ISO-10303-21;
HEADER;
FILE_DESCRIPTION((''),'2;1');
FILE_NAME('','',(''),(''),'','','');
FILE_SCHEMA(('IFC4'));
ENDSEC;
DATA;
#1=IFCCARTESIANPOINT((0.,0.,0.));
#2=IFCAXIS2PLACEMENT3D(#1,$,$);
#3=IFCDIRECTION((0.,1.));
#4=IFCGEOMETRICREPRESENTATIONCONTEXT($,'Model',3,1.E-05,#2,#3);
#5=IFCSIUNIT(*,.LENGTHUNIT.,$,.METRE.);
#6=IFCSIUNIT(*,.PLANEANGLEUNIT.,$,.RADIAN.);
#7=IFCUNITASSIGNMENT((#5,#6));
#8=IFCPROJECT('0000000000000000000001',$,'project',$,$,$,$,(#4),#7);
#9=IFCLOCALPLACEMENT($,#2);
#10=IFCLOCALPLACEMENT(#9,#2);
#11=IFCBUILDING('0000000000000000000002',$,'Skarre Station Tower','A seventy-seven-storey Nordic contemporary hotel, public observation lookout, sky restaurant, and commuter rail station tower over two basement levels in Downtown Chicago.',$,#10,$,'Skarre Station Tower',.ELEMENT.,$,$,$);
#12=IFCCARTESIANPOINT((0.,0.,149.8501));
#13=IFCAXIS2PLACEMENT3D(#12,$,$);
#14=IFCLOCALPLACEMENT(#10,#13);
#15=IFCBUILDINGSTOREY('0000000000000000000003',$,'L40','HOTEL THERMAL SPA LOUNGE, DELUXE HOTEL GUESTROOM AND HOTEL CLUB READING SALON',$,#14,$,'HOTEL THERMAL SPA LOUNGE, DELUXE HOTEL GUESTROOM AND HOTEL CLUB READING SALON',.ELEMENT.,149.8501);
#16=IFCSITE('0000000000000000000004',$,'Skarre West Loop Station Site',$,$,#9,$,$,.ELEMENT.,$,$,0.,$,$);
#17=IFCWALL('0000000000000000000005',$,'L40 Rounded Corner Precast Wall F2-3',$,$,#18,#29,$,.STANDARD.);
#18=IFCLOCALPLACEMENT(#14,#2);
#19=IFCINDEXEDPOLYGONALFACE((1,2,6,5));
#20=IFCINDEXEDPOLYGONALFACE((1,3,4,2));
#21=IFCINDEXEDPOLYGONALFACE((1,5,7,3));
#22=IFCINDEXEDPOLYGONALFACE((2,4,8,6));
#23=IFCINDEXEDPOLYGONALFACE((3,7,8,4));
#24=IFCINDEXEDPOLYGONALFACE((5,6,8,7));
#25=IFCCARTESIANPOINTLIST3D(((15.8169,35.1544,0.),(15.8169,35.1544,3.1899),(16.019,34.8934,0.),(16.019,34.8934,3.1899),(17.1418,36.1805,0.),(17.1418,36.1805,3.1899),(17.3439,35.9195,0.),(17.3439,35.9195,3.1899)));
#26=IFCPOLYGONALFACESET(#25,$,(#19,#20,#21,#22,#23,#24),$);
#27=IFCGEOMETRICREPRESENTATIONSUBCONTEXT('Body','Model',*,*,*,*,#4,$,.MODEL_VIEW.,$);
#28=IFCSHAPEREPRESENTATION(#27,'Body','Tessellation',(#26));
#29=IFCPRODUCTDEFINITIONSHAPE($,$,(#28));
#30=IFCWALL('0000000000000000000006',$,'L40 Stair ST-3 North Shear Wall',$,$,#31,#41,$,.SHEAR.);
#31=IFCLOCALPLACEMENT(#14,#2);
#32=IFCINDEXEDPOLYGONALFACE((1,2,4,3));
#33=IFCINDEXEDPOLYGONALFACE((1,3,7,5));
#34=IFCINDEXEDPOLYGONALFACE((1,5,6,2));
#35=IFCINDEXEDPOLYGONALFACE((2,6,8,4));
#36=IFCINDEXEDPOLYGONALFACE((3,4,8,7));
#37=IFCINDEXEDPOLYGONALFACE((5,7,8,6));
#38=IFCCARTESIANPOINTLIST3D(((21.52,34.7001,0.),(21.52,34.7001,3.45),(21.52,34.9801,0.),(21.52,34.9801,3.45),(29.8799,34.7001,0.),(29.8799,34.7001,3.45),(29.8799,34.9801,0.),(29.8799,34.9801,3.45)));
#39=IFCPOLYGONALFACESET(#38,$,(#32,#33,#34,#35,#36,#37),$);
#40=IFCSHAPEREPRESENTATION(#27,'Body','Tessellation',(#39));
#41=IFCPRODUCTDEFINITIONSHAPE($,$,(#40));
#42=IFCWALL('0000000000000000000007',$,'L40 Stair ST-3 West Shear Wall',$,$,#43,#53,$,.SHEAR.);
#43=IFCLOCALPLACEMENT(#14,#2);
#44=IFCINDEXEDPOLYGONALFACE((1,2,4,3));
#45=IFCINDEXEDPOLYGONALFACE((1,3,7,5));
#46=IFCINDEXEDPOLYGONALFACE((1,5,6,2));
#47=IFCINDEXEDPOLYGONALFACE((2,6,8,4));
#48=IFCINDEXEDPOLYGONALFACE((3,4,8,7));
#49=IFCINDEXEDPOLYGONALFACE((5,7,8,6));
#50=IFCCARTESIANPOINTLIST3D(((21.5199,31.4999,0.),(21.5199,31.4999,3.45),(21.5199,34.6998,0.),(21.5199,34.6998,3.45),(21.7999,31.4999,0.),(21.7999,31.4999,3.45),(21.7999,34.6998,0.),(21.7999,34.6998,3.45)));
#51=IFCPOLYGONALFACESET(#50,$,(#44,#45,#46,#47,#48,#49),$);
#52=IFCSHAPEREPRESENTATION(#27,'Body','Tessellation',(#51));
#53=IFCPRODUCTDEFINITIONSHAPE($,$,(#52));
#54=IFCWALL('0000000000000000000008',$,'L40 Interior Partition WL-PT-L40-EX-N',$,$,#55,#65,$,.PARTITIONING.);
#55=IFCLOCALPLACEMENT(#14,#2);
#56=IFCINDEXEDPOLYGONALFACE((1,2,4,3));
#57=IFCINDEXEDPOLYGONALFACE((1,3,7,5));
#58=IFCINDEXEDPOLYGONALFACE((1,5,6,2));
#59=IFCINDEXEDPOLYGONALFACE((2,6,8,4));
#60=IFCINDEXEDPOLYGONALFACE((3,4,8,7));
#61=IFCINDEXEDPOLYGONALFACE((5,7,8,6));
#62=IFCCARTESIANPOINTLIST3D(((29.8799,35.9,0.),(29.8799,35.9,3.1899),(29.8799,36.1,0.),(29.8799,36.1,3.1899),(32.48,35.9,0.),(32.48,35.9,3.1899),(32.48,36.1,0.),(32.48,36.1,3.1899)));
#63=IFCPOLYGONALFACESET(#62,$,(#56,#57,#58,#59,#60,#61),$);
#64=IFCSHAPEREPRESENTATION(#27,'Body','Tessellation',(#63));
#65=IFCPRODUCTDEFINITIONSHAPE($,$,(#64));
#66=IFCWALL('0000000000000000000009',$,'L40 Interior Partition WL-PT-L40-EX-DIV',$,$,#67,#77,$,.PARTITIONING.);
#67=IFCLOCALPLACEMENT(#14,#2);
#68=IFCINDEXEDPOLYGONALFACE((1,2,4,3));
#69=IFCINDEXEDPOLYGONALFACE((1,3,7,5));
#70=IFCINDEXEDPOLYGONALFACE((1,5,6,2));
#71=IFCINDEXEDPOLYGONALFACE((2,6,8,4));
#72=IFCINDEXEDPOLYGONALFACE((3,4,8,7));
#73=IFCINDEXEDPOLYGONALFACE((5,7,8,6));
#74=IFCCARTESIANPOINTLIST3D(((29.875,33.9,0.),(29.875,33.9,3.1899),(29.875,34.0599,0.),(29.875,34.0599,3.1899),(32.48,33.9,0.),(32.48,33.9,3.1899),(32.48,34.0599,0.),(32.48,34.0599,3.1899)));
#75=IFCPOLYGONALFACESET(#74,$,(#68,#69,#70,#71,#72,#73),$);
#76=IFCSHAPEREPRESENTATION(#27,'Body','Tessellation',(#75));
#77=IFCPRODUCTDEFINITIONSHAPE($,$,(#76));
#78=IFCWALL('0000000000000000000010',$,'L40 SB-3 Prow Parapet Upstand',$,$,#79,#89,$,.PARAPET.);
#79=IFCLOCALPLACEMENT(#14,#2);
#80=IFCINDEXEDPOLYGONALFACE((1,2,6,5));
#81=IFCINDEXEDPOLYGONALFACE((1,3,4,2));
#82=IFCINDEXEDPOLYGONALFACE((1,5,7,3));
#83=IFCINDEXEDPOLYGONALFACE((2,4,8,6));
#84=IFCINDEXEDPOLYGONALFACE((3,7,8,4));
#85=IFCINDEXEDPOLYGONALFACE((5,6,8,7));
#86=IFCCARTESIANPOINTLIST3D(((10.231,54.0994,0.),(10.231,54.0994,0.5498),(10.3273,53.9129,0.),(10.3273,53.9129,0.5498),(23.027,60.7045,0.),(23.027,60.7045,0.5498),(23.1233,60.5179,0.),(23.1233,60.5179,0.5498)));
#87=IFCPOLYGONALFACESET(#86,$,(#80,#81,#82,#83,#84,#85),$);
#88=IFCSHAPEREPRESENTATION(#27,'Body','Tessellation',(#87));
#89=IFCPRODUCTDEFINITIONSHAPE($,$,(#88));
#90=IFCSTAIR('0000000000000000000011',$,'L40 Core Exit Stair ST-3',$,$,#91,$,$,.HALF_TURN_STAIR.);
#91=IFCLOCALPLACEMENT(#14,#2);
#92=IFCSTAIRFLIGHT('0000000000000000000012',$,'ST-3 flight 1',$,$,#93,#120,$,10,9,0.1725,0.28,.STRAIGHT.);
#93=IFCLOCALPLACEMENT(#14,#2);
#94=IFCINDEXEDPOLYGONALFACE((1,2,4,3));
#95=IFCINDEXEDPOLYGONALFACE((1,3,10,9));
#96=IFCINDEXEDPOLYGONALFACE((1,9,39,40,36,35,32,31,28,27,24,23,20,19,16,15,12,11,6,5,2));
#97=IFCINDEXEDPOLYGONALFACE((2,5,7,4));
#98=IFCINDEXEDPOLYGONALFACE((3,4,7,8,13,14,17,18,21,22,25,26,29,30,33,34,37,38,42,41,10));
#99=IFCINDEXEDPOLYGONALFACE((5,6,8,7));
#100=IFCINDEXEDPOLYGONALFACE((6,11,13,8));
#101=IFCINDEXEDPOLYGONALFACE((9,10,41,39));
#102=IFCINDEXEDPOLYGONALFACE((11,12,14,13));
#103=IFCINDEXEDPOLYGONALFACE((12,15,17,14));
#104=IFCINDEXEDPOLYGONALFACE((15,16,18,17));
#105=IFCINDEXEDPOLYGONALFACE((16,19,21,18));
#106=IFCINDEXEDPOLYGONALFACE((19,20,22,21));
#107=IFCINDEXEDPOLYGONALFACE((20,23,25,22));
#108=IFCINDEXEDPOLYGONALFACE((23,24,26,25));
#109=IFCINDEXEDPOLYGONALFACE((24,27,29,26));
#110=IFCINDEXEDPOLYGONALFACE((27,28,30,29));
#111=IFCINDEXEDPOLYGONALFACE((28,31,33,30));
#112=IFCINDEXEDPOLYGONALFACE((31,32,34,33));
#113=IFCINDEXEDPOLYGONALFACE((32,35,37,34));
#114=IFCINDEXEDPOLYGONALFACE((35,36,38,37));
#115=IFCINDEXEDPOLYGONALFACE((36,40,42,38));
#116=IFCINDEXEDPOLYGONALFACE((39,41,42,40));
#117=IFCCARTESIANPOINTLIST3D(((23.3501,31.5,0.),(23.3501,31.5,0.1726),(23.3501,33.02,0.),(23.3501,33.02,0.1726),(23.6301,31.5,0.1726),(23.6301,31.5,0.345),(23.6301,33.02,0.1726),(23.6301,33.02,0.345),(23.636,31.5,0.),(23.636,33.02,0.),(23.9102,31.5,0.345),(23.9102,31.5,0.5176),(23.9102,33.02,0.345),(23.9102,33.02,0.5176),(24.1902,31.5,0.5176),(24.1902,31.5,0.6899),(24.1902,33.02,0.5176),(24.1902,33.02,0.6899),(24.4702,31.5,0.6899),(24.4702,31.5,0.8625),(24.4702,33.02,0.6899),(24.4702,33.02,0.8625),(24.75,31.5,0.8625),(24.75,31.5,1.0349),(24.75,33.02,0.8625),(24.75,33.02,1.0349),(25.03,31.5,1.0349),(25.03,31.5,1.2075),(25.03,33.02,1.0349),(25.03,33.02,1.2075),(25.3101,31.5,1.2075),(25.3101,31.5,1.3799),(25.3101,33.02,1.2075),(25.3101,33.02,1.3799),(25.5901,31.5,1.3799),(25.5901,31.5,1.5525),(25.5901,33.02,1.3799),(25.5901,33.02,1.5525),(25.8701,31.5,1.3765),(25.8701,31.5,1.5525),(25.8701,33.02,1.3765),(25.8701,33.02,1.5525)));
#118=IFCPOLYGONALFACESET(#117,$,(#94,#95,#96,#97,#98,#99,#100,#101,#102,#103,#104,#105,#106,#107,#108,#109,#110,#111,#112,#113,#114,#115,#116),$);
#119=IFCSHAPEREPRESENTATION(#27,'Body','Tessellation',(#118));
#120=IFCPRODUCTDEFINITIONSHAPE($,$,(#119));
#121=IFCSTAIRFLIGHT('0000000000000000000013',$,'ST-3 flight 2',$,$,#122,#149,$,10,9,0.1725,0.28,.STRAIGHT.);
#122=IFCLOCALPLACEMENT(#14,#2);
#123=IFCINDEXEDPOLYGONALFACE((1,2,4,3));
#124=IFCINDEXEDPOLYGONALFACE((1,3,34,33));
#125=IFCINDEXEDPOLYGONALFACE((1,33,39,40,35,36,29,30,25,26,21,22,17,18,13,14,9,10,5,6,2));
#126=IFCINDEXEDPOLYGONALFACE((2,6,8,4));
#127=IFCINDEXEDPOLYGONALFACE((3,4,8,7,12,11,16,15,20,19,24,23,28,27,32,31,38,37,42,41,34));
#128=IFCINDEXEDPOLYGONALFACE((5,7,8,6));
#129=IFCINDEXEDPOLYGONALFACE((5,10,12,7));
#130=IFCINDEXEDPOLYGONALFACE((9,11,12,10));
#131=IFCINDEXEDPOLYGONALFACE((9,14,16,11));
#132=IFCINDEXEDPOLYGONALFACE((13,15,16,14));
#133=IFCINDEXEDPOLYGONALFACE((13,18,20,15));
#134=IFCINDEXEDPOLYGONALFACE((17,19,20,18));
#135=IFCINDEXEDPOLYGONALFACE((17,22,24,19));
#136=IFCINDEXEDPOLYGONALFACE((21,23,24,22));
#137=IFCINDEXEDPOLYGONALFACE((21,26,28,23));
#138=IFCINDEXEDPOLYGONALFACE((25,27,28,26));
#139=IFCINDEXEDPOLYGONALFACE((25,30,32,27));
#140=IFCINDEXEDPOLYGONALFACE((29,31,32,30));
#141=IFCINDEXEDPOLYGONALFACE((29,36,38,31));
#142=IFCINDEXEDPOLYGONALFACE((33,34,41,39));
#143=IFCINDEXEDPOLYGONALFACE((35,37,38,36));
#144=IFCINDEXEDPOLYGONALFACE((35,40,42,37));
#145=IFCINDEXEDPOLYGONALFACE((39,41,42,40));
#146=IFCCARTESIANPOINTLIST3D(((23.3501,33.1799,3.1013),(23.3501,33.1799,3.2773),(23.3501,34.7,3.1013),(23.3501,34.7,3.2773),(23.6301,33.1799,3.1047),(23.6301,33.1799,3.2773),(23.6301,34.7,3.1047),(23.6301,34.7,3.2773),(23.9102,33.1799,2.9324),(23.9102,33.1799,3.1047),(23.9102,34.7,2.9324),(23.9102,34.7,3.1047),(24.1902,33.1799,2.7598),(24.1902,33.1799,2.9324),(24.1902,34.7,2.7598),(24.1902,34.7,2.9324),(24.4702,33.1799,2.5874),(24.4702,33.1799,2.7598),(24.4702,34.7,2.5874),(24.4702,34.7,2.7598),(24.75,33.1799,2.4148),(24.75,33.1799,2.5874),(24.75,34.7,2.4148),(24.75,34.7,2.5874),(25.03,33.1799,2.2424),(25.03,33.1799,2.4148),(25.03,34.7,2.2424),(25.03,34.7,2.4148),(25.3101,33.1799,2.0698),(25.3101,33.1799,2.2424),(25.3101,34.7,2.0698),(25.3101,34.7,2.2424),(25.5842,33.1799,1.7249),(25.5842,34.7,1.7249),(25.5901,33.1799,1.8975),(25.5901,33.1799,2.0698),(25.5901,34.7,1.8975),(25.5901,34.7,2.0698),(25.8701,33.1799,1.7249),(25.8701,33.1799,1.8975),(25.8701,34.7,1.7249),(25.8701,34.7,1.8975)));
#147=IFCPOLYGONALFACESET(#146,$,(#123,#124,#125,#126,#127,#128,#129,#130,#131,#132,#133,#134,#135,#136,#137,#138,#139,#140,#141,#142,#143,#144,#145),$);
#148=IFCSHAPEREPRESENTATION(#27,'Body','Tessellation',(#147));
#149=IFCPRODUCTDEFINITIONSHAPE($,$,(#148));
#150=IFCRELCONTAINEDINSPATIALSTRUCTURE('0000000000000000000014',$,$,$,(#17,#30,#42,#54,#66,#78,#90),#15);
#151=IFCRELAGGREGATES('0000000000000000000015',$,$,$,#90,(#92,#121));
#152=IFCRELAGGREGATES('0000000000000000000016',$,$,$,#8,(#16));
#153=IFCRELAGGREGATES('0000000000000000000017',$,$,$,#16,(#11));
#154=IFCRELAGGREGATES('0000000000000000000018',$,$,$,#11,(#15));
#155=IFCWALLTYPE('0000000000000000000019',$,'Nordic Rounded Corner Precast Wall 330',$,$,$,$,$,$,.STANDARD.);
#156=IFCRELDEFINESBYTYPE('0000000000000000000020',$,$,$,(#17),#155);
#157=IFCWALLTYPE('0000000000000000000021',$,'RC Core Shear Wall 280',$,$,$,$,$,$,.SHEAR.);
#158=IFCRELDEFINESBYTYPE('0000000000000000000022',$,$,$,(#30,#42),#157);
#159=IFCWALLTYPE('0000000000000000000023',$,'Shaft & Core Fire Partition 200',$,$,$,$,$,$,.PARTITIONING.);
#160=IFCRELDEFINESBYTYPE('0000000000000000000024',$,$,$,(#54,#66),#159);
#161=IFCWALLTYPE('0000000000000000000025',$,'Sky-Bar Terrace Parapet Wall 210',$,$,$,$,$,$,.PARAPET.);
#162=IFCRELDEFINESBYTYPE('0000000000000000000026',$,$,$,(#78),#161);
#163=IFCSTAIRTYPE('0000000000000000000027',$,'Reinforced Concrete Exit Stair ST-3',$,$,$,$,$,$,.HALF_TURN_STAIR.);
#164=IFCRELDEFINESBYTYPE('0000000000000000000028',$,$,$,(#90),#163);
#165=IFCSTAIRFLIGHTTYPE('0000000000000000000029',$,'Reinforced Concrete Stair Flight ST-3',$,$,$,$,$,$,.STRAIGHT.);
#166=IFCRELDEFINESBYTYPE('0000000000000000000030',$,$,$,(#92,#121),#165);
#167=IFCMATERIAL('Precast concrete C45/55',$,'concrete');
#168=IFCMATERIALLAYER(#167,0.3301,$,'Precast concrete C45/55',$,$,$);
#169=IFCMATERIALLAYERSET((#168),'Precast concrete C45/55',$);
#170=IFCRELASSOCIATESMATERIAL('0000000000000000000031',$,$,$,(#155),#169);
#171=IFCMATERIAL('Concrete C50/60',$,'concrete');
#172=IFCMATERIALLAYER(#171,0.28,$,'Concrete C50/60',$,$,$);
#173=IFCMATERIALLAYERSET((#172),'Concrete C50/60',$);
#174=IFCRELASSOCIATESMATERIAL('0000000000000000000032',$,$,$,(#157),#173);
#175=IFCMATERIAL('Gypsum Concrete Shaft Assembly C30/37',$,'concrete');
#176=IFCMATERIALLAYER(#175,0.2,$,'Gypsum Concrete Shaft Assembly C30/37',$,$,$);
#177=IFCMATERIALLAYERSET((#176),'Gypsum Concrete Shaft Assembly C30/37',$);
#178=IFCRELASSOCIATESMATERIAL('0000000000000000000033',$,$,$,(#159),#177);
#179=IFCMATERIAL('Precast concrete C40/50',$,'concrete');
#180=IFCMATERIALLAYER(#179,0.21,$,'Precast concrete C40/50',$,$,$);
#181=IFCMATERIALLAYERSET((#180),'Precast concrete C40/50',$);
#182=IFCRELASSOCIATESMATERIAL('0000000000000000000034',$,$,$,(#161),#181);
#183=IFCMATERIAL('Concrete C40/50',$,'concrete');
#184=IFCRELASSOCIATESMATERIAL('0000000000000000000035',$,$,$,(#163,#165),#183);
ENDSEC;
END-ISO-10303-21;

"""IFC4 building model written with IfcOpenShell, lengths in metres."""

from ifc_helpers import new_model, si_unit, direction, frame, frame_2d, origin, place, context, subcontext, project, spatial, polyline, rectangle, outline, extrude, material, layer, layer_set, type_object, element, aggregate, save


model = new_model("IFC4")

# Units and contexts
model_context = context("Model", 3, precision=1e-05, world=origin(), true_north=direction((0.0, 1.0)))
body_context = subcontext(model_context, "Body", "Model", "MODEL_VIEW")
ifc_project = project(units=[si_unit("LENGTHUNIT", "METRE"), si_unit("PLANEANGLEUNIT", "RADIAN")], contexts=[model_context])

# Site, building, storey
site_placement = place(None, origin())
site = spatial("IfcSite", under=ifc_project, at=site_placement, Name="Skarre West Loop Station Site", CompositionType="ELEMENT", RefElevation=0.0)
building_placement = place(site_placement, origin())
building = spatial("IfcBuilding", under=site, at=building_placement, Name="Skarre Station Tower", Description="A seventy-seven-storey Nordic contemporary hotel, public observation lookout, sky restaurant, and commuter rail station tower over two basement levels in Downtown Chicago.", LongName="Skarre Station Tower", CompositionType="ELEMENT")
storey_placement = place(building_placement, frame((0.0, 0.0, 149.8501)))
storey = spatial("IfcBuildingStorey", under=building, at=storey_placement, Name="L40", Description="HOTEL THERMAL SPA LOUNGE, DELUXE HOTEL GUESTROOM AND HOTEL CLUB READING SALON", LongName="HOTEL THERMAL SPA LOUNGE, DELUXE HOTEL GUESTROOM AND HOTEL CLUB READING SALON", CompositionType="ELEMENT", Elevation=149.8501)

# Shared definitions
ifc_material_1 = material(Name="Precast concrete C45/55", Category="concrete")

# Walls
ifc_layer_1 = layer(ifc_material_1, 0.3301, Name="Precast concrete C45/55")
ifc_layer_set_1 = layer_set([ifc_layer_1], Name="Precast concrete C45/55")
wall_type_1 = type_object("IfcWallType", Name="Nordic Rounded Corner Precast Wall 330", PredefinedType="STANDARD", material=ifc_layer_set_1)
wall_1_placement = place(storey_placement, frame((15.918, 35.0239, 0.0), z_axis=(0.0, 0.0, 1.0), x_axis=(0.790621, 0.612305, 0.0)))
element("IfcWall", 1, at=wall_1_placement, inside=storey, type_object=wall_type_1, Name="L40 Rounded Corner Precast Wall F2-3", PredefinedType="STANDARD", context=body_context, shape_type="SweptSolid", body=[
    extrude(rectangle(XDim=1.6758, YDim=0.3301, at=frame_2d((0.8379, 0.0))), origin(), (0.0, 0.0, 1.0), 3.1899),
])
ifc_material_2 = material(Name="Concrete C50/60", Category="concrete")
ifc_layer_2 = layer(ifc_material_2, 0.28, Name="Concrete C50/60")
ifc_layer_set_2 = layer_set([ifc_layer_2], Name="Concrete C50/60")
wall_type_2 = type_object("IfcWallType", Name="RC Core Shear Wall 280", PredefinedType="SHEAR", material=ifc_layer_set_2)
wall_2_placement = place(storey_placement, frame((29.8799, 34.8401, 0.0), z_axis=(0.0, 0.0, 1.0), x_axis=(-1.0, 0.0, 0.0)))
element("IfcWall", 2, at=wall_2_placement, inside=storey, type_object=wall_type_2, Name="L40 Stair ST-3 North Shear Wall", PredefinedType="SHEAR", context=body_context, shape_type="SweptSolid", body=[
    extrude(rectangle(XDim=8.3599, YDim=0.28, at=frame_2d((4.1799, 0.0))), origin(), (0.0, 0.0, 1.0), 3.45),
])
wall_3_placement = place(storey_placement, frame((21.6599, 34.7, 0.0), z_axis=(0.0, 0.0, 1.0), x_axis=(0.0, -1.0, 0.0)))
element("IfcWall", 3, at=wall_3_placement, inside=storey, type_object=wall_type_2, Name="L40 Stair ST-3 West Shear Wall", PredefinedType="SHEAR", context=body_context, shape_type="SweptSolid", body=[
    extrude(rectangle(XDim=3.2, YDim=0.28, at=frame_2d((1.6001, 0.0))), origin(), (0.0, 0.0, 1.0), 3.45),
])
ifc_material_3 = material(Name="Gypsum Concrete Shaft Assembly C30/37", Category="concrete")
ifc_layer_3 = layer(ifc_material_3, 0.2, Name="Gypsum Concrete Shaft Assembly C30/37")
ifc_layer_set_3 = layer_set([ifc_layer_3], Name="Gypsum Concrete Shaft Assembly C30/37")
wall_type_3 = type_object("IfcWallType", Name="Shaft & Core Fire Partition 200", PredefinedType="PARTITIONING", material=ifc_layer_set_3)
wall_4_placement = place(storey_placement, frame((29.8799, 36.0, 0.0), z_axis=(0.0, 0.0, 1.0), x_axis=(1.0, 0.0, 0.0)))
element("IfcWall", 4, at=wall_4_placement, inside=storey, type_object=wall_type_3, Name="L40 Interior Partition WL-PT-L40-EX-N", PredefinedType="PARTITIONING", context=body_context, shape_type="SweptSolid", body=[
    extrude(rectangle(XDim=2.6001, YDim=0.2, at=frame_2d((1.3, 0.0))), origin(), (0.0, 0.0, 1.0), 3.1899),
])
wall_5_placement = place(storey_placement, frame((29.875, 33.98, 0.0), z_axis=(0.0, 0.0, 1.0), x_axis=(1.0, 0.0, 0.0)))
element("IfcWall", 5, at=wall_5_placement, inside=storey, type_object=wall_type_3, Name="L40 Interior Partition WL-PT-L40-EX-DIV", PredefinedType="PARTITIONING", context=body_context, shape_type="SweptSolid", body=[
    extrude(rectangle(XDim=2.605, YDim=0.1599, at=frame_2d((1.3025, 0.0))), origin(), (0.0, 0.0, 1.0), 3.1899),
])
ifc_material_4 = material(Name="Precast concrete C40/50", Category="concrete")
ifc_layer_4 = layer(ifc_material_4, 0.21, Name="Precast concrete C40/50")
ifc_layer_set_4 = layer_set([ifc_layer_4], Name="Precast concrete C40/50")
wall_type_4 = type_object("IfcWallType", Name="Sky-Bar Terrace Parapet Wall 210", PredefinedType="PARAPET", material=ifc_layer_set_4)
wall_6_placement = place(storey_placement, frame((10.2791, 54.0061, 0.0), z_axis=(0.0, 0.0, 1.0), x_axis=(0.888602, 0.458678, 0.0)))
element("IfcWall", 6, at=wall_6_placement, inside=storey, type_object=wall_type_4, Name="L40 SB-3 Prow Parapet Upstand", PredefinedType="PARAPET", context=body_context, shape_type="SweptSolid", body=[
    extrude(rectangle(XDim=14.4001, YDim=0.21, at=frame_2d((7.2002, 0.0))), origin(), (0.0, 0.0, 1.0), 0.5498),
])

# Stair, stair flights
ifc_material_5 = material(Name="Concrete C40/50", Category="concrete")
stair_type = type_object("IfcStairType", Name="Reinforced Concrete Exit Stair ST-3", PredefinedType="HALF_TURN_STAIR", material=ifc_material_5)
stair_placement = place(storey_placement, origin())
stair = element("IfcStair", 7, at=stair_placement, inside=storey, type_object=stair_type, Name="L40 Core Exit Stair ST-3", PredefinedType="HALF_TURN_STAIR")
stair_flight_type = type_object("IfcStairFlightType", Name="Reinforced Concrete Stair Flight ST-3", PredefinedType="STRAIGHT", material=ifc_material_5)
stair_flight_1_placement = place(storey_placement, frame((23.3501, 32.26, 0.0), z_axis=(0.0, 0.0, 1.0), x_axis=(1.0, 0.0, 0.0)))
stair_flight_1 = element("IfcStairFlight", 8, at=stair_flight_1_placement, type_object=stair_flight_type, Name="ST-3 flight 1", NumberOfRisers=10, NumberOfTreads=9, PredefinedType="STRAIGHT", RiserHeight=0.1725, TreadLength=0.28, context=body_context, shape_type="SweptSolid", body=[
    extrude(outline(polyline([(0.0, 0.0), (0.0, 0.1726), (0.28, 0.1726), (0.28, 0.345), (0.5601, 0.345), (0.5601, 0.5176), (0.8401, 0.5176), (0.8401, 0.6899), (1.1201, 0.6899), (1.1201, 0.8625), (1.3999, 0.8625), (1.3999, 1.0349), (1.6799, 1.0349), (1.6799, 1.2075), (1.96, 1.2075), (1.96, 1.3799), (2.24, 1.3799), (2.24, 1.5525), (2.52, 1.5525), (2.52, 1.7251), (2.52, 1.3765), (0.2859, 0.0), (0.0, 0.0)])), frame((0.0, 0.76, 0.0), z_axis=(0.0, -1.0, 0.0), x_axis=(1.0, 0.0, 0.0)), (0.0, 0.0, 1.0), 1.52),
])
stair_flight_2_placement = place(storey_placement, frame((25.8701, 33.9399, 1.7249), z_axis=(0.0, 0.0, 1.0), x_axis=(-1.0, 0.0, 0.0)))
stair_flight_2 = element("IfcStairFlight", 9, at=stair_flight_2_placement, type_object=stair_flight_type, Name="ST-3 flight 2", NumberOfRisers=10, NumberOfTreads=9, PredefinedType="STRAIGHT", RiserHeight=0.1725, TreadLength=0.28, context=body_context, shape_type="SweptSolid", body=[
    extrude(outline(polyline([(0.0, 0.0), (0.0, 0.1726), (0.28, 0.1726), (0.28, 0.345), (0.5601, 0.345), (0.5601, 0.5176), (0.8401, 0.5176), (0.8401, 0.6899), (1.1201, 0.6899), (1.1201, 0.8625), (1.3999, 0.8625), (1.3999, 1.0349), (1.6799, 1.0349), (1.6799, 1.2075), (1.96, 1.2075), (1.96, 1.3799), (2.24, 1.3799), (2.24, 1.5525), (2.52, 1.5525), (2.52, 1.7251), (2.52, 1.3765), (0.2859, 0.0), (0.0, 0.0)])), frame((0.0, 0.76, 0.0), z_axis=(0.0, -1.0, 0.0), x_axis=(1.0, 0.0, 0.0)), (0.0, 0.0, 1.0), 1.52),
])
aggregate(stair, [stair_flight_1, stair_flight_2])

save(model, "model.ifc")
